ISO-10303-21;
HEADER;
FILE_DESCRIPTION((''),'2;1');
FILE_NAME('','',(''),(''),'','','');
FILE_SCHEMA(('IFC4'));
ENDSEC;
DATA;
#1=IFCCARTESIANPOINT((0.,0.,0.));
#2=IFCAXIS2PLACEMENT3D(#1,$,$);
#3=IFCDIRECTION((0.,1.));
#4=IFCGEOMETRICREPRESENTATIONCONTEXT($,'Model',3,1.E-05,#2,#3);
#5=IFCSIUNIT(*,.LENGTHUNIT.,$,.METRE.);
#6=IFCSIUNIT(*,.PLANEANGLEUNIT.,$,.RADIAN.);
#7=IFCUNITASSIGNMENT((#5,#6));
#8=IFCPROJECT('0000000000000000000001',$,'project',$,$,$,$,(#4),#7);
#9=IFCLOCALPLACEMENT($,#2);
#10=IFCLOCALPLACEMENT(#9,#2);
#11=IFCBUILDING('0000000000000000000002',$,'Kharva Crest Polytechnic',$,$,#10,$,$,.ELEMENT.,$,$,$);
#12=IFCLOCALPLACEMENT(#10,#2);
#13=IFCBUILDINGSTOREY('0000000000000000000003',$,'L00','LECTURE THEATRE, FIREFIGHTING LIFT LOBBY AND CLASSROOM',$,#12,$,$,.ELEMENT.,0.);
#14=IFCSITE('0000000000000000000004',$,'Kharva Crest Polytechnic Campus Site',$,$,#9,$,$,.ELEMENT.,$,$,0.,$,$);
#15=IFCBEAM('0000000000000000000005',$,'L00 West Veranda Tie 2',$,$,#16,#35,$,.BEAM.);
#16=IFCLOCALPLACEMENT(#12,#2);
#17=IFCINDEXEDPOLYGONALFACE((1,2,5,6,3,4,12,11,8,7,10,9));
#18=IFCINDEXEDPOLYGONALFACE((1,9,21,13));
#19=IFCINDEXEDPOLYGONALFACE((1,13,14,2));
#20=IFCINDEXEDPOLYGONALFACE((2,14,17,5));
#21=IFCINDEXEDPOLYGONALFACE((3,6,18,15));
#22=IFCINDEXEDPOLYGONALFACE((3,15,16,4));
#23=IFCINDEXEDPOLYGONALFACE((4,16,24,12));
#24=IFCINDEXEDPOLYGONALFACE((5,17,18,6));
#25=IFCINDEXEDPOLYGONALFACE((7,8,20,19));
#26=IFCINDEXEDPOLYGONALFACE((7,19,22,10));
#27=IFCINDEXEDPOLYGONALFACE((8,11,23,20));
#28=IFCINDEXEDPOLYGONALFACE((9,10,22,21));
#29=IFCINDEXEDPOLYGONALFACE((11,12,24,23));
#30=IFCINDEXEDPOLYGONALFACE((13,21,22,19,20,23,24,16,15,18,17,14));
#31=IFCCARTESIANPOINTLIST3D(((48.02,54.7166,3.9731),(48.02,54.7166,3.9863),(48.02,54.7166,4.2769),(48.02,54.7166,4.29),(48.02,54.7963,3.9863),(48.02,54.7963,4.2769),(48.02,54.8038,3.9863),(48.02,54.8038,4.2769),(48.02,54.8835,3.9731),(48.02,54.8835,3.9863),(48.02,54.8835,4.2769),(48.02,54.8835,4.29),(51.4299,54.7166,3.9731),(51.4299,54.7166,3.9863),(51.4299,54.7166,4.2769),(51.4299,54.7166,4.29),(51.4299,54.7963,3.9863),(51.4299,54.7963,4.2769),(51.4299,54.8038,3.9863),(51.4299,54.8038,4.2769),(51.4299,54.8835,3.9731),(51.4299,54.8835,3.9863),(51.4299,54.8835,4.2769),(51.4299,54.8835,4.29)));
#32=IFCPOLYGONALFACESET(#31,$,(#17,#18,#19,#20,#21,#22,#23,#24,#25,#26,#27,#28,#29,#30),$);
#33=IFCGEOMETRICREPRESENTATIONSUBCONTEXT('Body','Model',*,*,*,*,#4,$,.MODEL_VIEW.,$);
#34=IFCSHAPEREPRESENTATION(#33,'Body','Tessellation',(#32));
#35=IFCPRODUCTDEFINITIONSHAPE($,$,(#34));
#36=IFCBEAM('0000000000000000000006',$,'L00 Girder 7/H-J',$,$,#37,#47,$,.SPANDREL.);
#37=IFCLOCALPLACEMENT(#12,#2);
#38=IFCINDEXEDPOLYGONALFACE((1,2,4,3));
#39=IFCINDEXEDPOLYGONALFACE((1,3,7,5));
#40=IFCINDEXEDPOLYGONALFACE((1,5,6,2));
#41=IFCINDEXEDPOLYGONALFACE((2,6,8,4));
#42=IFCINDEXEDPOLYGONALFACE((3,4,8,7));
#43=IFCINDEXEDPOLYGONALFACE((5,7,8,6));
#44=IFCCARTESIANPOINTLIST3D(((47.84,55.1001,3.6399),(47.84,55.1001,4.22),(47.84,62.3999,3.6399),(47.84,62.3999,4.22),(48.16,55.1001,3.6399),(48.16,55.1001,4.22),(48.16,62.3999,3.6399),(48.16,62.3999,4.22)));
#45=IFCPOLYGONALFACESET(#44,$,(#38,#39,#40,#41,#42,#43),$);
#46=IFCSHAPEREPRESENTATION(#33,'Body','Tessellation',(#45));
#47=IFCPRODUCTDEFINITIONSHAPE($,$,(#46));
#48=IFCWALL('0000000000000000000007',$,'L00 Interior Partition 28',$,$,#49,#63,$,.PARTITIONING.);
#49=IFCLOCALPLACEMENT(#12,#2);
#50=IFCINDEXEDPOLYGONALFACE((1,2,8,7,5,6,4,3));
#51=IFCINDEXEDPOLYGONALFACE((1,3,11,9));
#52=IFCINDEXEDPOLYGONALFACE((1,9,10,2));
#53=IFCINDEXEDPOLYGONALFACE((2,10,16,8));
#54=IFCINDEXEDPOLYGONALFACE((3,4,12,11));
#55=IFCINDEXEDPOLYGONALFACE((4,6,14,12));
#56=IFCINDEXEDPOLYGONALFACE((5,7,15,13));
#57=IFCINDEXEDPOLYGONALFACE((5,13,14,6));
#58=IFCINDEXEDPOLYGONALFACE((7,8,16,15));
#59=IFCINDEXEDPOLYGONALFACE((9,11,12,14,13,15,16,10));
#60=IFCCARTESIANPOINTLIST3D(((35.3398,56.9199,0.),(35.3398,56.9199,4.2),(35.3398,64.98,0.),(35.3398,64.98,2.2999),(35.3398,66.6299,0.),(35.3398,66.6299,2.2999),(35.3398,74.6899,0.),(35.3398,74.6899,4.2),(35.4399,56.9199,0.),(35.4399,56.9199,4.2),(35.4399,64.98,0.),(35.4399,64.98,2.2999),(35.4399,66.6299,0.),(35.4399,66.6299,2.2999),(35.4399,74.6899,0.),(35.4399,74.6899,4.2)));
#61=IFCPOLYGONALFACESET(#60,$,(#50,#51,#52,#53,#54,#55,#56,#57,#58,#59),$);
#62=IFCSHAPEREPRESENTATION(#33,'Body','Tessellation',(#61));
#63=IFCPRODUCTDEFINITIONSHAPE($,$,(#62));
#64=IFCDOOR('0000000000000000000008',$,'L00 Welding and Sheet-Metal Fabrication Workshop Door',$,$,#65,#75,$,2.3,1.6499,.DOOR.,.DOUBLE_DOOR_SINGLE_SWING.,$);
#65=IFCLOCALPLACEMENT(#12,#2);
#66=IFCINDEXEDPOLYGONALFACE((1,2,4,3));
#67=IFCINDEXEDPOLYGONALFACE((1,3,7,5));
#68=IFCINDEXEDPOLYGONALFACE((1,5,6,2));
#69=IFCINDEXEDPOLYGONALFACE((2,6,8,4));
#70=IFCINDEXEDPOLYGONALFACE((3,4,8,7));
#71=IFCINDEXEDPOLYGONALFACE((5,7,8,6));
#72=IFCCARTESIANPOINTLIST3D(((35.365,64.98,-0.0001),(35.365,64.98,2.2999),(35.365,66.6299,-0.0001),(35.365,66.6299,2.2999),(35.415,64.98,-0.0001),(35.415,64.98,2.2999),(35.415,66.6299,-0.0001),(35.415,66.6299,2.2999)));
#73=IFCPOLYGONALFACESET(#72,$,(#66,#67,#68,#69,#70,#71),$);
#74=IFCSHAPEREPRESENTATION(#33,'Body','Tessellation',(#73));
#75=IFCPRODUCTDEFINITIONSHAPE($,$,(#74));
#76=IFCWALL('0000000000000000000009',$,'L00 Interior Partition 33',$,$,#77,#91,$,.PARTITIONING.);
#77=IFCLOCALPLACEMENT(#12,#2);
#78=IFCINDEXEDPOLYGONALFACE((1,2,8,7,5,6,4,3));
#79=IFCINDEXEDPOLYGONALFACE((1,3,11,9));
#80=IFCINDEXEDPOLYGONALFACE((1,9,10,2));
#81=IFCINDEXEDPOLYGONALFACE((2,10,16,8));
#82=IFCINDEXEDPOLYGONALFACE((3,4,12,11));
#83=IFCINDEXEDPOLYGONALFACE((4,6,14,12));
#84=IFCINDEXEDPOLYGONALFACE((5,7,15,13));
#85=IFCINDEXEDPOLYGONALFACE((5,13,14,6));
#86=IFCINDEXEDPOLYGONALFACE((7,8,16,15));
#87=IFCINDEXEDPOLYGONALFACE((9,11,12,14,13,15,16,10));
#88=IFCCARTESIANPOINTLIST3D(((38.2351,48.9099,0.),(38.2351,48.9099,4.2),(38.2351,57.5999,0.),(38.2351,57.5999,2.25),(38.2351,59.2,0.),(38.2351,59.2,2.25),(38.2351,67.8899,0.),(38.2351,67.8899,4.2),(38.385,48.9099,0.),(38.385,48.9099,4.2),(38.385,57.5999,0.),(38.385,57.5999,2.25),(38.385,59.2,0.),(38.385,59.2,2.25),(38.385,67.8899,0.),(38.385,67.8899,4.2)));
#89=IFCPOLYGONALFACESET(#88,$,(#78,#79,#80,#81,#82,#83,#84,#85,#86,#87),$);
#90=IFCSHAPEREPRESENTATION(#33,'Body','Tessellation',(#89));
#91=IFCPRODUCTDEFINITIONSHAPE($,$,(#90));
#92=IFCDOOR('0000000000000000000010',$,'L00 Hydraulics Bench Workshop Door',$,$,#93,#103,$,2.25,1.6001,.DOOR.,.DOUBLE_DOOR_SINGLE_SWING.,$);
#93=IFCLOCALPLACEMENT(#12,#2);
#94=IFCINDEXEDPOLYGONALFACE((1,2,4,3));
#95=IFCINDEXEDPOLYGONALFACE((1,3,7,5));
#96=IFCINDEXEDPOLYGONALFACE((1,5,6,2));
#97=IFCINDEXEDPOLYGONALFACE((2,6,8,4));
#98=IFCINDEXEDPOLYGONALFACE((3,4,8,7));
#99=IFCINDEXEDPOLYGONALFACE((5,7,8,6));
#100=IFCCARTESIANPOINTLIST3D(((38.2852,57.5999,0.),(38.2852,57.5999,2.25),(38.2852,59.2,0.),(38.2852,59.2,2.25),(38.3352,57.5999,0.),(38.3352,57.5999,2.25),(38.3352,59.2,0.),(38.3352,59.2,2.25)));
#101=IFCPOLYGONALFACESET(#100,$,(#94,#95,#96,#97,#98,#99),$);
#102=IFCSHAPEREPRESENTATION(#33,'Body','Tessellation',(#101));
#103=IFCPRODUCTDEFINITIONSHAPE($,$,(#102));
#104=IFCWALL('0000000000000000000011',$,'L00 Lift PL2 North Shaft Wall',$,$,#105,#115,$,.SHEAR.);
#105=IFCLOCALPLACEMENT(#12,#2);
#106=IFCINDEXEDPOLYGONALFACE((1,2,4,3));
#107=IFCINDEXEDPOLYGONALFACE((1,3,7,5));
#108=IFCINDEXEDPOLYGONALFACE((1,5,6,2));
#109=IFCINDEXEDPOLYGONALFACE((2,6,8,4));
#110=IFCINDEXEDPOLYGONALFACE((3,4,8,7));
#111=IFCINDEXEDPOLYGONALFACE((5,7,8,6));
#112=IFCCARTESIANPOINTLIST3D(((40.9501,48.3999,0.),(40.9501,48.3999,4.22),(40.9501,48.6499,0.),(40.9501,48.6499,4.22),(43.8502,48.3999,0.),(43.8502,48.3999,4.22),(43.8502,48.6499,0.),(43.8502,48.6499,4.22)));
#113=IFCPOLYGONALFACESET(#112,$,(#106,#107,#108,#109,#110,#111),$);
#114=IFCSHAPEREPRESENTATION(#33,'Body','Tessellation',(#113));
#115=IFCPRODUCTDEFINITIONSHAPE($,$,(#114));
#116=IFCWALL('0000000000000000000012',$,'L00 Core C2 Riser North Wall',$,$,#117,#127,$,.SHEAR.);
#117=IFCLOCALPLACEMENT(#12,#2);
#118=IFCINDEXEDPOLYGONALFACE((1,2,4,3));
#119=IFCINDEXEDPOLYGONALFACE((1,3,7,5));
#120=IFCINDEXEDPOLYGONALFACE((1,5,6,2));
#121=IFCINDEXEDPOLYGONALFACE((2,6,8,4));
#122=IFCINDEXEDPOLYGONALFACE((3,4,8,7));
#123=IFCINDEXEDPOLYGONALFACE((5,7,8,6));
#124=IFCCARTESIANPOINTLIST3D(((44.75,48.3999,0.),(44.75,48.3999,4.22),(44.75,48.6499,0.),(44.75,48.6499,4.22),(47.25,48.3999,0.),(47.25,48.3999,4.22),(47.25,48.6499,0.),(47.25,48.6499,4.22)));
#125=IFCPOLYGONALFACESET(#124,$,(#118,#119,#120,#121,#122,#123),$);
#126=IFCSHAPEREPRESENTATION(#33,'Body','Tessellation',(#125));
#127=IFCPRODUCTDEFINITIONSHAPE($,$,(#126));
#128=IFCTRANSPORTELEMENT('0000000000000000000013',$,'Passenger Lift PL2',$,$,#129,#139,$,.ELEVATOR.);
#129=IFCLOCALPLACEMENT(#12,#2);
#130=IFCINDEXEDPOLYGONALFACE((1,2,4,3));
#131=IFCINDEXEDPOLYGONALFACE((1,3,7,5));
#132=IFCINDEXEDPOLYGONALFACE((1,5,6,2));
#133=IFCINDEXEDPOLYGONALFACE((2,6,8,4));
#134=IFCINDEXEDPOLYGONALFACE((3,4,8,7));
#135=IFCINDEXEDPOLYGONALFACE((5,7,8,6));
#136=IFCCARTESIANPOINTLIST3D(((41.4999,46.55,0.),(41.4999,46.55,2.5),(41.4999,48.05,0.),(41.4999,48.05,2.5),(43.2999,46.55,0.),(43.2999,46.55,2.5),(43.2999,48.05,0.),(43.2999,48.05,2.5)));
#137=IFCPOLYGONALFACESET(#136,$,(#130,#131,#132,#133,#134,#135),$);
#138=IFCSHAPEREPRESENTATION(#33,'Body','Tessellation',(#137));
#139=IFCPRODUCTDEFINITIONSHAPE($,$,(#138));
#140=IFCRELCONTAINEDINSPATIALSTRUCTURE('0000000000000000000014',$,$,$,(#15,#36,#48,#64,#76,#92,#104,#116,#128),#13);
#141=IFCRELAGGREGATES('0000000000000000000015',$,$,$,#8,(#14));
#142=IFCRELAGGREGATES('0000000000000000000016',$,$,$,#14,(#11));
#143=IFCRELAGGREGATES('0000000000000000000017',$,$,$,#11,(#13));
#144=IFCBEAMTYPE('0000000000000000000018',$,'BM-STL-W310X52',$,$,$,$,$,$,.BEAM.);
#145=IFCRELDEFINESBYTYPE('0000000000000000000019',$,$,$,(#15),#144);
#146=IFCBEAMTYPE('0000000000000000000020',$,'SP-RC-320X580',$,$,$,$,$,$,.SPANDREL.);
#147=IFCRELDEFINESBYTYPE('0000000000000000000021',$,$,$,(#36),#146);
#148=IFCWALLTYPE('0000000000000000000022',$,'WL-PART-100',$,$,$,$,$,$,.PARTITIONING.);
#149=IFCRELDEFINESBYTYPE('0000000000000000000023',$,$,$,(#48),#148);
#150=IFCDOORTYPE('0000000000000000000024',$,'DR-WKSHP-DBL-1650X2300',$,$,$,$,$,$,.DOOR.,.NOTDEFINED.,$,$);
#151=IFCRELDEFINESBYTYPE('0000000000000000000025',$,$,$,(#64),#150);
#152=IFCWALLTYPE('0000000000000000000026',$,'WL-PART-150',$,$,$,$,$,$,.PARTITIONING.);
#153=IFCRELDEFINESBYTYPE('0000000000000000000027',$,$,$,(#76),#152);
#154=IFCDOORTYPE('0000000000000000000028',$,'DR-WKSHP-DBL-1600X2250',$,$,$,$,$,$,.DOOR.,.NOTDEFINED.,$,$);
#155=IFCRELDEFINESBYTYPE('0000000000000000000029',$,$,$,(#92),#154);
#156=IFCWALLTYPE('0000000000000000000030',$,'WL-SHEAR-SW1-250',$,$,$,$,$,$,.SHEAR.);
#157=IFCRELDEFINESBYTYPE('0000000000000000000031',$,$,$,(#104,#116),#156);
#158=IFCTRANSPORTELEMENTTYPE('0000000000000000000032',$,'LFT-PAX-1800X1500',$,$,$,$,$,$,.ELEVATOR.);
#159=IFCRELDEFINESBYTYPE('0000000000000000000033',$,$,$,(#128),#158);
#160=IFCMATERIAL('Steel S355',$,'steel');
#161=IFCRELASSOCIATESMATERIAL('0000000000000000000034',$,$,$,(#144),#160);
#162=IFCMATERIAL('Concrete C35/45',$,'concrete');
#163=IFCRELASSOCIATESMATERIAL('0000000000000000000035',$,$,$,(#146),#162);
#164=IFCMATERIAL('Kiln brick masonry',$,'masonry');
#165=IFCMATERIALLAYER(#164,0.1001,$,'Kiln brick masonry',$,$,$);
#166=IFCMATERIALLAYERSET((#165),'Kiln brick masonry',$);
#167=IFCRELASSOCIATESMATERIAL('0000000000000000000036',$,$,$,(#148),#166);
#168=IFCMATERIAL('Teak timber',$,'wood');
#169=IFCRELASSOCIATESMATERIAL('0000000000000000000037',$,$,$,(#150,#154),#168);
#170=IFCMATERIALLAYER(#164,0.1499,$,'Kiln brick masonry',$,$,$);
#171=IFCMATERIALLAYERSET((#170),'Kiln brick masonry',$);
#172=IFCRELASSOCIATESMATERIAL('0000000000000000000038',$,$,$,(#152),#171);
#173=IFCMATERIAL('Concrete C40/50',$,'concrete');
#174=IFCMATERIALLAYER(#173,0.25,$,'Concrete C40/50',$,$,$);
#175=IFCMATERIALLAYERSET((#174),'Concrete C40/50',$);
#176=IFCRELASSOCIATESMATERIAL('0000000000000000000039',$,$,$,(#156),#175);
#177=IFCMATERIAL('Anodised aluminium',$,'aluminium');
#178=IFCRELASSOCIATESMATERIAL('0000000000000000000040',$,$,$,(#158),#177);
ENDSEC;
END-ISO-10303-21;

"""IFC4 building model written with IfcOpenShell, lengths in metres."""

from ifc_helpers import new_model, si_unit, direction, frame, frame_2d, origin, origin_2d, place, context, subcontext, project, spatial, rectangle, i_section, extrude, material, layer, layer_set, material_profile, profile_set, type_object, element, fill, save


model = new_model("IFC4")

# Units and contexts
model_context = context("Model", 3, precision=1e-05, world=origin(), true_north=direction((0.0, 1.0)))
body_context = subcontext(model_context, "Body", "Model", "MODEL_VIEW")
ifc_project = project(units=[si_unit("LENGTHUNIT", "METRE"), si_unit("PLANEANGLEUNIT", "RADIAN")], contexts=[model_context])

# Site, building, storey
site_placement = place(None, origin())
site = spatial("IfcSite", under=ifc_project, at=site_placement, Name="Kharva Crest Polytechnic Campus Site", CompositionType="ELEMENT", RefElevation=0.0)
building_placement = place(site_placement, origin())
building = spatial("IfcBuilding", under=site, at=building_placement, Name="Kharva Crest Polytechnic", CompositionType="ELEMENT")
storey_placement = place(building_placement, origin())
storey = spatial("IfcBuildingStorey", under=building, at=storey_placement, Name="L00", Description="LECTURE THEATRE, FIREFIGHTING LIFT LOBBY AND CLASSROOM", CompositionType="ELEMENT", Elevation=0.0)

# Shared definitions
ifc_material_1 = material(Name="Concrete C35/45", Category="concrete")

# Shared definitions
ifc_material_2 = material(Name="Concrete C40/50", Category="concrete")

# Beams
ifc_material_3 = material(Name="Steel S355", Category="steel")
ifc_material_profile_1 = material_profile(ifc_material_3, i_section(OverallWidth=0.167, OverallDepth=0.3169, WebThickness=0.0076, FlangeThickness=0.0132, at=origin_2d()), Name="W310X52")
ifc_profile_set_1 = profile_set([ifc_material_profile_1], Name="Steel S355")
beam_type_1 = type_object("IfcBeamType", Name="BM-STL-W310X52", PredefinedType="BEAM", material=ifc_profile_set_1)
beam_1_placement = place(storey_placement, frame((48.02, 54.8, 4.1316), z_axis=(1.0, 0.0, 0.0), x_axis=(0.0, 1.0, 0.0)))
element("IfcBeam", 1, at=beam_1_placement, inside=storey, type_object=beam_type_1, Name="L00 West Veranda Tie 2", PredefinedType="BEAM", context=body_context, shape_type="SweptSolid", body=[
    extrude(i_section(OverallWidth=0.167, OverallDepth=0.3169, WebThickness=0.0076, FlangeThickness=0.0132, at=origin_2d()), origin(), (0.0, 0.0, 1.0), 3.4099),
])
ifc_material_profile_2 = material_profile(ifc_material_1, rectangle(XDim=0.3201, YDim=0.5801, at=origin_2d()), Name="RECT 320 X 580")
ifc_profile_set_2 = profile_set([ifc_material_profile_2], Name="Concrete C35/45")
beam_type_2 = type_object("IfcBeamType", Name="SP-RC-320X580", PredefinedType="SPANDREL", material=ifc_profile_set_2)
beam_2_placement = place(storey_placement, frame((48.0, 55.1001, 3.9299), z_axis=(0.0, 1.0, 0.0), x_axis=(-1.0, 0.0, 0.0)))
element("IfcBeam", 2, at=beam_2_placement, inside=storey, type_object=beam_type_2, Name="L00 Girder 7/H-J", PredefinedType="SPANDREL", context=body_context, shape_type="SweptSolid", body=[
    extrude(rectangle(XDim=0.3201, YDim=0.5801, at=origin_2d()), origin(), (0.0, 0.0, 1.0), 7.2998),
])

# Walls, openings, doors
ifc_material_4 = material(Name="Kiln brick masonry", Category="masonry")
ifc_material_5 = material(Name="Anodised aluminium", Category="aluminium")
ifc_layer_1 = layer(ifc_material_4, 0.1001, Name="Kiln brick masonry")
ifc_layer_set_1 = layer_set([ifc_layer_1], Name="Kiln brick masonry")
wall_type_1 = type_object("IfcWallType", Name="WL-PART-100", PredefinedType="PARTITIONING", material=ifc_layer_set_1)
wall_1_placement = place(storey_placement, frame((35.3899, 56.9199, 0.0), z_axis=(0.0, 0.0, 1.0), x_axis=(0.0, 1.0, 0.0)))
wall_1 = element("IfcWall", 3, at=wall_1_placement, inside=storey, type_object=wall_type_1, Name="L00 Interior Partition 28", PredefinedType="PARTITIONING", context=body_context, shape_type="SweptSolid", body=[
    extrude(rectangle(XDim=17.77, YDim=0.1001, at=frame_2d((8.885, 0.0))), origin(), (0.0, 0.0, 1.0), 4.2),
])
opening_1_placement = place(wall_1_placement, frame((8.0601, 0.0, 0.0)))
opening_1 = element("IfcOpeningElement", 4, at=opening_1_placement, cuts=wall_1, PredefinedType="OPENING", context=body_context, shape_type="SweptSolid", body=[
    extrude(rectangle(XDim=1.6499, YDim=2.3, at=frame_2d((0.825, 1.1499))), frame((0.0, 0.0601, 0.0), z_axis=(0.0, -1.0, 0.0), x_axis=(1.0, 0.0, 0.0)), (0.0, 0.0, 1.0), 0.1201),
])
ifc_material_6 = material(Name="Teak timber", Category="wood")
door_type_1 = type_object("IfcDoorType", Name="DR-WKSHP-DBL-1650X2300", OperationType="NOTDEFINED", PredefinedType="DOOR", material=ifc_material_6)
door_1_placement = place(opening_1_placement, origin())
door_1 = element("IfcDoor", 5, at=door_1_placement, inside=storey, type_object=door_type_1, Name="L00 Welding and Sheet-Metal Fabrication Workshop Door", OperationType="DOUBLE_DOOR_SINGLE_SWING", OverallHeight=2.3, OverallWidth=1.6499, PredefinedType="DOOR", context=body_context, shape_type="SweptSolid", body=[
    extrude(rectangle(XDim=1.6499, YDim=2.3, at=frame_2d((0.825, 1.1499))), frame((0.0, 0.0249, 0.0), z_axis=(0.0, -1.0, 0.0), x_axis=(1.0, 0.0, 0.0)), (0.0, 0.0, 1.0), 0.05),
])
fill(opening_1, door_1)
ifc_layer_2 = layer(ifc_material_4, 0.1499, Name="Kiln brick masonry")
ifc_layer_set_2 = layer_set([ifc_layer_2], Name="Kiln brick masonry")
wall_type_2 = type_object("IfcWallType", Name="WL-PART-150", PredefinedType="PARTITIONING", material=ifc_layer_set_2)
wall_2_placement = place(storey_placement, frame((38.3101, 48.9099, 0.0), z_axis=(0.0, 0.0, 1.0), x_axis=(0.0, 1.0, 0.0)))
wall_2 = element("IfcWall", 6, at=wall_2_placement, inside=storey, type_object=wall_type_2, Name="L00 Interior Partition 33", PredefinedType="PARTITIONING", context=body_context, shape_type="SweptSolid", body=[
    extrude(rectangle(XDim=18.98, YDim=0.1499, at=frame_2d((9.49, 0.0))), origin(), (0.0, 0.0, 1.0), 4.2),
])
opening_2_placement = place(wall_2_placement, frame((8.6899, 0.0, 0.0)))
opening_2 = element("IfcOpeningElement", 7, at=opening_2_placement, cuts=wall_2, PredefinedType="OPENING", context=body_context, shape_type="SweptSolid", body=[
    extrude(rectangle(XDim=1.6001, YDim=2.25, at=frame_2d((0.8, 1.125))), frame((0.0, 0.085, 0.0), z_axis=(0.0, -1.0, 0.0), x_axis=(1.0, 0.0, 0.0)), (0.0, 0.0, 1.0), 0.1699),
])
door_type_2 = type_object("IfcDoorType", Name="DR-WKSHP-DBL-1600X2250", OperationType="NOTDEFINED", PredefinedType="DOOR", material=ifc_material_6)
door_2_placement = place(opening_2_placement, origin())
door_2 = element("IfcDoor", 8, at=door_2_placement, inside=storey, type_object=door_type_2, Name="L00 Hydraulics Bench Workshop Door", OperationType="DOUBLE_DOOR_SINGLE_SWING", OverallHeight=2.25, OverallWidth=1.6001, PredefinedType="DOOR", context=body_context, shape_type="SweptSolid", body=[
    extrude(rectangle(XDim=1.6001, YDim=2.25, at=frame_2d((0.8, 1.125))), frame((0.0, 0.0249, 0.0), z_axis=(0.0, -1.0, 0.0), x_axis=(1.0, 0.0, 0.0)), (0.0, 0.0, 1.0), 0.05),
])
fill(opening_2, door_2)

# Walls
ifc_layer_3 = layer(ifc_material_2, 0.25, Name="Concrete C40/50")
ifc_layer_set_3 = layer_set([ifc_layer_3], Name="Concrete C40/50")
wall_type_3 = type_object("IfcWallType", Name="WL-SHEAR-SW1-250", PredefinedType="SHEAR", material=ifc_layer_set_3)
wall_3_placement = place(storey_placement, frame((40.95, 48.5249, 0.0), z_axis=(0.0, 0.0, 1.0), x_axis=(1.0, 0.0, 0.0)))
element("IfcWall", 9, at=wall_3_placement, inside=storey, type_object=wall_type_3, Name="L00 Lift PL2 North Shaft Wall", PredefinedType="SHEAR", context=body_context, shape_type="SweptSolid", body=[
    extrude(rectangle(XDim=2.9001, YDim=0.25, at=frame_2d((1.4502, 0.0))), origin(), (0.0, 0.0, 1.0), 4.22),
])
wall_4_placement = place(storey_placement, frame((44.75, 48.5249, 0.0), z_axis=(0.0, 0.0, 1.0), x_axis=(1.0, 0.0, 0.0)))
element("IfcWall", 10, at=wall_4_placement, inside=storey, type_object=wall_type_3, Name="L00 Core C2 Riser North Wall", PredefinedType="SHEAR", context=body_context, shape_type="SweptSolid", body=[
    extrude(rectangle(XDim=2.5, YDim=0.25, at=frame_2d((1.25, 0.0))), origin(), (0.0, 0.0, 1.0), 4.22),
])

# Transport element
transport_element_type = type_object("IfcTransportElementType", Name="LFT-PAX-1800X1500", PredefinedType="ELEVATOR", material=ifc_material_5)
transport_element_placement = place(storey_placement, frame((42.3999, 47.3, 0.0), z_axis=(0.0, 0.0, 1.0), x_axis=(1.0, 0.0, 0.0)))
element("IfcTransportElement", 11, at=transport_element_placement, inside=storey, type_object=transport_element_type, Name="Passenger Lift PL2", PredefinedType="ELEVATOR", context=body_context, shape_type="SweptSolid", body=[
    extrude(rectangle(XDim=1.8, YDim=1.5, at=origin_2d()), origin(), (0.0, 0.0, 1.0), 2.5),
])

save(model, "model.ifc")
